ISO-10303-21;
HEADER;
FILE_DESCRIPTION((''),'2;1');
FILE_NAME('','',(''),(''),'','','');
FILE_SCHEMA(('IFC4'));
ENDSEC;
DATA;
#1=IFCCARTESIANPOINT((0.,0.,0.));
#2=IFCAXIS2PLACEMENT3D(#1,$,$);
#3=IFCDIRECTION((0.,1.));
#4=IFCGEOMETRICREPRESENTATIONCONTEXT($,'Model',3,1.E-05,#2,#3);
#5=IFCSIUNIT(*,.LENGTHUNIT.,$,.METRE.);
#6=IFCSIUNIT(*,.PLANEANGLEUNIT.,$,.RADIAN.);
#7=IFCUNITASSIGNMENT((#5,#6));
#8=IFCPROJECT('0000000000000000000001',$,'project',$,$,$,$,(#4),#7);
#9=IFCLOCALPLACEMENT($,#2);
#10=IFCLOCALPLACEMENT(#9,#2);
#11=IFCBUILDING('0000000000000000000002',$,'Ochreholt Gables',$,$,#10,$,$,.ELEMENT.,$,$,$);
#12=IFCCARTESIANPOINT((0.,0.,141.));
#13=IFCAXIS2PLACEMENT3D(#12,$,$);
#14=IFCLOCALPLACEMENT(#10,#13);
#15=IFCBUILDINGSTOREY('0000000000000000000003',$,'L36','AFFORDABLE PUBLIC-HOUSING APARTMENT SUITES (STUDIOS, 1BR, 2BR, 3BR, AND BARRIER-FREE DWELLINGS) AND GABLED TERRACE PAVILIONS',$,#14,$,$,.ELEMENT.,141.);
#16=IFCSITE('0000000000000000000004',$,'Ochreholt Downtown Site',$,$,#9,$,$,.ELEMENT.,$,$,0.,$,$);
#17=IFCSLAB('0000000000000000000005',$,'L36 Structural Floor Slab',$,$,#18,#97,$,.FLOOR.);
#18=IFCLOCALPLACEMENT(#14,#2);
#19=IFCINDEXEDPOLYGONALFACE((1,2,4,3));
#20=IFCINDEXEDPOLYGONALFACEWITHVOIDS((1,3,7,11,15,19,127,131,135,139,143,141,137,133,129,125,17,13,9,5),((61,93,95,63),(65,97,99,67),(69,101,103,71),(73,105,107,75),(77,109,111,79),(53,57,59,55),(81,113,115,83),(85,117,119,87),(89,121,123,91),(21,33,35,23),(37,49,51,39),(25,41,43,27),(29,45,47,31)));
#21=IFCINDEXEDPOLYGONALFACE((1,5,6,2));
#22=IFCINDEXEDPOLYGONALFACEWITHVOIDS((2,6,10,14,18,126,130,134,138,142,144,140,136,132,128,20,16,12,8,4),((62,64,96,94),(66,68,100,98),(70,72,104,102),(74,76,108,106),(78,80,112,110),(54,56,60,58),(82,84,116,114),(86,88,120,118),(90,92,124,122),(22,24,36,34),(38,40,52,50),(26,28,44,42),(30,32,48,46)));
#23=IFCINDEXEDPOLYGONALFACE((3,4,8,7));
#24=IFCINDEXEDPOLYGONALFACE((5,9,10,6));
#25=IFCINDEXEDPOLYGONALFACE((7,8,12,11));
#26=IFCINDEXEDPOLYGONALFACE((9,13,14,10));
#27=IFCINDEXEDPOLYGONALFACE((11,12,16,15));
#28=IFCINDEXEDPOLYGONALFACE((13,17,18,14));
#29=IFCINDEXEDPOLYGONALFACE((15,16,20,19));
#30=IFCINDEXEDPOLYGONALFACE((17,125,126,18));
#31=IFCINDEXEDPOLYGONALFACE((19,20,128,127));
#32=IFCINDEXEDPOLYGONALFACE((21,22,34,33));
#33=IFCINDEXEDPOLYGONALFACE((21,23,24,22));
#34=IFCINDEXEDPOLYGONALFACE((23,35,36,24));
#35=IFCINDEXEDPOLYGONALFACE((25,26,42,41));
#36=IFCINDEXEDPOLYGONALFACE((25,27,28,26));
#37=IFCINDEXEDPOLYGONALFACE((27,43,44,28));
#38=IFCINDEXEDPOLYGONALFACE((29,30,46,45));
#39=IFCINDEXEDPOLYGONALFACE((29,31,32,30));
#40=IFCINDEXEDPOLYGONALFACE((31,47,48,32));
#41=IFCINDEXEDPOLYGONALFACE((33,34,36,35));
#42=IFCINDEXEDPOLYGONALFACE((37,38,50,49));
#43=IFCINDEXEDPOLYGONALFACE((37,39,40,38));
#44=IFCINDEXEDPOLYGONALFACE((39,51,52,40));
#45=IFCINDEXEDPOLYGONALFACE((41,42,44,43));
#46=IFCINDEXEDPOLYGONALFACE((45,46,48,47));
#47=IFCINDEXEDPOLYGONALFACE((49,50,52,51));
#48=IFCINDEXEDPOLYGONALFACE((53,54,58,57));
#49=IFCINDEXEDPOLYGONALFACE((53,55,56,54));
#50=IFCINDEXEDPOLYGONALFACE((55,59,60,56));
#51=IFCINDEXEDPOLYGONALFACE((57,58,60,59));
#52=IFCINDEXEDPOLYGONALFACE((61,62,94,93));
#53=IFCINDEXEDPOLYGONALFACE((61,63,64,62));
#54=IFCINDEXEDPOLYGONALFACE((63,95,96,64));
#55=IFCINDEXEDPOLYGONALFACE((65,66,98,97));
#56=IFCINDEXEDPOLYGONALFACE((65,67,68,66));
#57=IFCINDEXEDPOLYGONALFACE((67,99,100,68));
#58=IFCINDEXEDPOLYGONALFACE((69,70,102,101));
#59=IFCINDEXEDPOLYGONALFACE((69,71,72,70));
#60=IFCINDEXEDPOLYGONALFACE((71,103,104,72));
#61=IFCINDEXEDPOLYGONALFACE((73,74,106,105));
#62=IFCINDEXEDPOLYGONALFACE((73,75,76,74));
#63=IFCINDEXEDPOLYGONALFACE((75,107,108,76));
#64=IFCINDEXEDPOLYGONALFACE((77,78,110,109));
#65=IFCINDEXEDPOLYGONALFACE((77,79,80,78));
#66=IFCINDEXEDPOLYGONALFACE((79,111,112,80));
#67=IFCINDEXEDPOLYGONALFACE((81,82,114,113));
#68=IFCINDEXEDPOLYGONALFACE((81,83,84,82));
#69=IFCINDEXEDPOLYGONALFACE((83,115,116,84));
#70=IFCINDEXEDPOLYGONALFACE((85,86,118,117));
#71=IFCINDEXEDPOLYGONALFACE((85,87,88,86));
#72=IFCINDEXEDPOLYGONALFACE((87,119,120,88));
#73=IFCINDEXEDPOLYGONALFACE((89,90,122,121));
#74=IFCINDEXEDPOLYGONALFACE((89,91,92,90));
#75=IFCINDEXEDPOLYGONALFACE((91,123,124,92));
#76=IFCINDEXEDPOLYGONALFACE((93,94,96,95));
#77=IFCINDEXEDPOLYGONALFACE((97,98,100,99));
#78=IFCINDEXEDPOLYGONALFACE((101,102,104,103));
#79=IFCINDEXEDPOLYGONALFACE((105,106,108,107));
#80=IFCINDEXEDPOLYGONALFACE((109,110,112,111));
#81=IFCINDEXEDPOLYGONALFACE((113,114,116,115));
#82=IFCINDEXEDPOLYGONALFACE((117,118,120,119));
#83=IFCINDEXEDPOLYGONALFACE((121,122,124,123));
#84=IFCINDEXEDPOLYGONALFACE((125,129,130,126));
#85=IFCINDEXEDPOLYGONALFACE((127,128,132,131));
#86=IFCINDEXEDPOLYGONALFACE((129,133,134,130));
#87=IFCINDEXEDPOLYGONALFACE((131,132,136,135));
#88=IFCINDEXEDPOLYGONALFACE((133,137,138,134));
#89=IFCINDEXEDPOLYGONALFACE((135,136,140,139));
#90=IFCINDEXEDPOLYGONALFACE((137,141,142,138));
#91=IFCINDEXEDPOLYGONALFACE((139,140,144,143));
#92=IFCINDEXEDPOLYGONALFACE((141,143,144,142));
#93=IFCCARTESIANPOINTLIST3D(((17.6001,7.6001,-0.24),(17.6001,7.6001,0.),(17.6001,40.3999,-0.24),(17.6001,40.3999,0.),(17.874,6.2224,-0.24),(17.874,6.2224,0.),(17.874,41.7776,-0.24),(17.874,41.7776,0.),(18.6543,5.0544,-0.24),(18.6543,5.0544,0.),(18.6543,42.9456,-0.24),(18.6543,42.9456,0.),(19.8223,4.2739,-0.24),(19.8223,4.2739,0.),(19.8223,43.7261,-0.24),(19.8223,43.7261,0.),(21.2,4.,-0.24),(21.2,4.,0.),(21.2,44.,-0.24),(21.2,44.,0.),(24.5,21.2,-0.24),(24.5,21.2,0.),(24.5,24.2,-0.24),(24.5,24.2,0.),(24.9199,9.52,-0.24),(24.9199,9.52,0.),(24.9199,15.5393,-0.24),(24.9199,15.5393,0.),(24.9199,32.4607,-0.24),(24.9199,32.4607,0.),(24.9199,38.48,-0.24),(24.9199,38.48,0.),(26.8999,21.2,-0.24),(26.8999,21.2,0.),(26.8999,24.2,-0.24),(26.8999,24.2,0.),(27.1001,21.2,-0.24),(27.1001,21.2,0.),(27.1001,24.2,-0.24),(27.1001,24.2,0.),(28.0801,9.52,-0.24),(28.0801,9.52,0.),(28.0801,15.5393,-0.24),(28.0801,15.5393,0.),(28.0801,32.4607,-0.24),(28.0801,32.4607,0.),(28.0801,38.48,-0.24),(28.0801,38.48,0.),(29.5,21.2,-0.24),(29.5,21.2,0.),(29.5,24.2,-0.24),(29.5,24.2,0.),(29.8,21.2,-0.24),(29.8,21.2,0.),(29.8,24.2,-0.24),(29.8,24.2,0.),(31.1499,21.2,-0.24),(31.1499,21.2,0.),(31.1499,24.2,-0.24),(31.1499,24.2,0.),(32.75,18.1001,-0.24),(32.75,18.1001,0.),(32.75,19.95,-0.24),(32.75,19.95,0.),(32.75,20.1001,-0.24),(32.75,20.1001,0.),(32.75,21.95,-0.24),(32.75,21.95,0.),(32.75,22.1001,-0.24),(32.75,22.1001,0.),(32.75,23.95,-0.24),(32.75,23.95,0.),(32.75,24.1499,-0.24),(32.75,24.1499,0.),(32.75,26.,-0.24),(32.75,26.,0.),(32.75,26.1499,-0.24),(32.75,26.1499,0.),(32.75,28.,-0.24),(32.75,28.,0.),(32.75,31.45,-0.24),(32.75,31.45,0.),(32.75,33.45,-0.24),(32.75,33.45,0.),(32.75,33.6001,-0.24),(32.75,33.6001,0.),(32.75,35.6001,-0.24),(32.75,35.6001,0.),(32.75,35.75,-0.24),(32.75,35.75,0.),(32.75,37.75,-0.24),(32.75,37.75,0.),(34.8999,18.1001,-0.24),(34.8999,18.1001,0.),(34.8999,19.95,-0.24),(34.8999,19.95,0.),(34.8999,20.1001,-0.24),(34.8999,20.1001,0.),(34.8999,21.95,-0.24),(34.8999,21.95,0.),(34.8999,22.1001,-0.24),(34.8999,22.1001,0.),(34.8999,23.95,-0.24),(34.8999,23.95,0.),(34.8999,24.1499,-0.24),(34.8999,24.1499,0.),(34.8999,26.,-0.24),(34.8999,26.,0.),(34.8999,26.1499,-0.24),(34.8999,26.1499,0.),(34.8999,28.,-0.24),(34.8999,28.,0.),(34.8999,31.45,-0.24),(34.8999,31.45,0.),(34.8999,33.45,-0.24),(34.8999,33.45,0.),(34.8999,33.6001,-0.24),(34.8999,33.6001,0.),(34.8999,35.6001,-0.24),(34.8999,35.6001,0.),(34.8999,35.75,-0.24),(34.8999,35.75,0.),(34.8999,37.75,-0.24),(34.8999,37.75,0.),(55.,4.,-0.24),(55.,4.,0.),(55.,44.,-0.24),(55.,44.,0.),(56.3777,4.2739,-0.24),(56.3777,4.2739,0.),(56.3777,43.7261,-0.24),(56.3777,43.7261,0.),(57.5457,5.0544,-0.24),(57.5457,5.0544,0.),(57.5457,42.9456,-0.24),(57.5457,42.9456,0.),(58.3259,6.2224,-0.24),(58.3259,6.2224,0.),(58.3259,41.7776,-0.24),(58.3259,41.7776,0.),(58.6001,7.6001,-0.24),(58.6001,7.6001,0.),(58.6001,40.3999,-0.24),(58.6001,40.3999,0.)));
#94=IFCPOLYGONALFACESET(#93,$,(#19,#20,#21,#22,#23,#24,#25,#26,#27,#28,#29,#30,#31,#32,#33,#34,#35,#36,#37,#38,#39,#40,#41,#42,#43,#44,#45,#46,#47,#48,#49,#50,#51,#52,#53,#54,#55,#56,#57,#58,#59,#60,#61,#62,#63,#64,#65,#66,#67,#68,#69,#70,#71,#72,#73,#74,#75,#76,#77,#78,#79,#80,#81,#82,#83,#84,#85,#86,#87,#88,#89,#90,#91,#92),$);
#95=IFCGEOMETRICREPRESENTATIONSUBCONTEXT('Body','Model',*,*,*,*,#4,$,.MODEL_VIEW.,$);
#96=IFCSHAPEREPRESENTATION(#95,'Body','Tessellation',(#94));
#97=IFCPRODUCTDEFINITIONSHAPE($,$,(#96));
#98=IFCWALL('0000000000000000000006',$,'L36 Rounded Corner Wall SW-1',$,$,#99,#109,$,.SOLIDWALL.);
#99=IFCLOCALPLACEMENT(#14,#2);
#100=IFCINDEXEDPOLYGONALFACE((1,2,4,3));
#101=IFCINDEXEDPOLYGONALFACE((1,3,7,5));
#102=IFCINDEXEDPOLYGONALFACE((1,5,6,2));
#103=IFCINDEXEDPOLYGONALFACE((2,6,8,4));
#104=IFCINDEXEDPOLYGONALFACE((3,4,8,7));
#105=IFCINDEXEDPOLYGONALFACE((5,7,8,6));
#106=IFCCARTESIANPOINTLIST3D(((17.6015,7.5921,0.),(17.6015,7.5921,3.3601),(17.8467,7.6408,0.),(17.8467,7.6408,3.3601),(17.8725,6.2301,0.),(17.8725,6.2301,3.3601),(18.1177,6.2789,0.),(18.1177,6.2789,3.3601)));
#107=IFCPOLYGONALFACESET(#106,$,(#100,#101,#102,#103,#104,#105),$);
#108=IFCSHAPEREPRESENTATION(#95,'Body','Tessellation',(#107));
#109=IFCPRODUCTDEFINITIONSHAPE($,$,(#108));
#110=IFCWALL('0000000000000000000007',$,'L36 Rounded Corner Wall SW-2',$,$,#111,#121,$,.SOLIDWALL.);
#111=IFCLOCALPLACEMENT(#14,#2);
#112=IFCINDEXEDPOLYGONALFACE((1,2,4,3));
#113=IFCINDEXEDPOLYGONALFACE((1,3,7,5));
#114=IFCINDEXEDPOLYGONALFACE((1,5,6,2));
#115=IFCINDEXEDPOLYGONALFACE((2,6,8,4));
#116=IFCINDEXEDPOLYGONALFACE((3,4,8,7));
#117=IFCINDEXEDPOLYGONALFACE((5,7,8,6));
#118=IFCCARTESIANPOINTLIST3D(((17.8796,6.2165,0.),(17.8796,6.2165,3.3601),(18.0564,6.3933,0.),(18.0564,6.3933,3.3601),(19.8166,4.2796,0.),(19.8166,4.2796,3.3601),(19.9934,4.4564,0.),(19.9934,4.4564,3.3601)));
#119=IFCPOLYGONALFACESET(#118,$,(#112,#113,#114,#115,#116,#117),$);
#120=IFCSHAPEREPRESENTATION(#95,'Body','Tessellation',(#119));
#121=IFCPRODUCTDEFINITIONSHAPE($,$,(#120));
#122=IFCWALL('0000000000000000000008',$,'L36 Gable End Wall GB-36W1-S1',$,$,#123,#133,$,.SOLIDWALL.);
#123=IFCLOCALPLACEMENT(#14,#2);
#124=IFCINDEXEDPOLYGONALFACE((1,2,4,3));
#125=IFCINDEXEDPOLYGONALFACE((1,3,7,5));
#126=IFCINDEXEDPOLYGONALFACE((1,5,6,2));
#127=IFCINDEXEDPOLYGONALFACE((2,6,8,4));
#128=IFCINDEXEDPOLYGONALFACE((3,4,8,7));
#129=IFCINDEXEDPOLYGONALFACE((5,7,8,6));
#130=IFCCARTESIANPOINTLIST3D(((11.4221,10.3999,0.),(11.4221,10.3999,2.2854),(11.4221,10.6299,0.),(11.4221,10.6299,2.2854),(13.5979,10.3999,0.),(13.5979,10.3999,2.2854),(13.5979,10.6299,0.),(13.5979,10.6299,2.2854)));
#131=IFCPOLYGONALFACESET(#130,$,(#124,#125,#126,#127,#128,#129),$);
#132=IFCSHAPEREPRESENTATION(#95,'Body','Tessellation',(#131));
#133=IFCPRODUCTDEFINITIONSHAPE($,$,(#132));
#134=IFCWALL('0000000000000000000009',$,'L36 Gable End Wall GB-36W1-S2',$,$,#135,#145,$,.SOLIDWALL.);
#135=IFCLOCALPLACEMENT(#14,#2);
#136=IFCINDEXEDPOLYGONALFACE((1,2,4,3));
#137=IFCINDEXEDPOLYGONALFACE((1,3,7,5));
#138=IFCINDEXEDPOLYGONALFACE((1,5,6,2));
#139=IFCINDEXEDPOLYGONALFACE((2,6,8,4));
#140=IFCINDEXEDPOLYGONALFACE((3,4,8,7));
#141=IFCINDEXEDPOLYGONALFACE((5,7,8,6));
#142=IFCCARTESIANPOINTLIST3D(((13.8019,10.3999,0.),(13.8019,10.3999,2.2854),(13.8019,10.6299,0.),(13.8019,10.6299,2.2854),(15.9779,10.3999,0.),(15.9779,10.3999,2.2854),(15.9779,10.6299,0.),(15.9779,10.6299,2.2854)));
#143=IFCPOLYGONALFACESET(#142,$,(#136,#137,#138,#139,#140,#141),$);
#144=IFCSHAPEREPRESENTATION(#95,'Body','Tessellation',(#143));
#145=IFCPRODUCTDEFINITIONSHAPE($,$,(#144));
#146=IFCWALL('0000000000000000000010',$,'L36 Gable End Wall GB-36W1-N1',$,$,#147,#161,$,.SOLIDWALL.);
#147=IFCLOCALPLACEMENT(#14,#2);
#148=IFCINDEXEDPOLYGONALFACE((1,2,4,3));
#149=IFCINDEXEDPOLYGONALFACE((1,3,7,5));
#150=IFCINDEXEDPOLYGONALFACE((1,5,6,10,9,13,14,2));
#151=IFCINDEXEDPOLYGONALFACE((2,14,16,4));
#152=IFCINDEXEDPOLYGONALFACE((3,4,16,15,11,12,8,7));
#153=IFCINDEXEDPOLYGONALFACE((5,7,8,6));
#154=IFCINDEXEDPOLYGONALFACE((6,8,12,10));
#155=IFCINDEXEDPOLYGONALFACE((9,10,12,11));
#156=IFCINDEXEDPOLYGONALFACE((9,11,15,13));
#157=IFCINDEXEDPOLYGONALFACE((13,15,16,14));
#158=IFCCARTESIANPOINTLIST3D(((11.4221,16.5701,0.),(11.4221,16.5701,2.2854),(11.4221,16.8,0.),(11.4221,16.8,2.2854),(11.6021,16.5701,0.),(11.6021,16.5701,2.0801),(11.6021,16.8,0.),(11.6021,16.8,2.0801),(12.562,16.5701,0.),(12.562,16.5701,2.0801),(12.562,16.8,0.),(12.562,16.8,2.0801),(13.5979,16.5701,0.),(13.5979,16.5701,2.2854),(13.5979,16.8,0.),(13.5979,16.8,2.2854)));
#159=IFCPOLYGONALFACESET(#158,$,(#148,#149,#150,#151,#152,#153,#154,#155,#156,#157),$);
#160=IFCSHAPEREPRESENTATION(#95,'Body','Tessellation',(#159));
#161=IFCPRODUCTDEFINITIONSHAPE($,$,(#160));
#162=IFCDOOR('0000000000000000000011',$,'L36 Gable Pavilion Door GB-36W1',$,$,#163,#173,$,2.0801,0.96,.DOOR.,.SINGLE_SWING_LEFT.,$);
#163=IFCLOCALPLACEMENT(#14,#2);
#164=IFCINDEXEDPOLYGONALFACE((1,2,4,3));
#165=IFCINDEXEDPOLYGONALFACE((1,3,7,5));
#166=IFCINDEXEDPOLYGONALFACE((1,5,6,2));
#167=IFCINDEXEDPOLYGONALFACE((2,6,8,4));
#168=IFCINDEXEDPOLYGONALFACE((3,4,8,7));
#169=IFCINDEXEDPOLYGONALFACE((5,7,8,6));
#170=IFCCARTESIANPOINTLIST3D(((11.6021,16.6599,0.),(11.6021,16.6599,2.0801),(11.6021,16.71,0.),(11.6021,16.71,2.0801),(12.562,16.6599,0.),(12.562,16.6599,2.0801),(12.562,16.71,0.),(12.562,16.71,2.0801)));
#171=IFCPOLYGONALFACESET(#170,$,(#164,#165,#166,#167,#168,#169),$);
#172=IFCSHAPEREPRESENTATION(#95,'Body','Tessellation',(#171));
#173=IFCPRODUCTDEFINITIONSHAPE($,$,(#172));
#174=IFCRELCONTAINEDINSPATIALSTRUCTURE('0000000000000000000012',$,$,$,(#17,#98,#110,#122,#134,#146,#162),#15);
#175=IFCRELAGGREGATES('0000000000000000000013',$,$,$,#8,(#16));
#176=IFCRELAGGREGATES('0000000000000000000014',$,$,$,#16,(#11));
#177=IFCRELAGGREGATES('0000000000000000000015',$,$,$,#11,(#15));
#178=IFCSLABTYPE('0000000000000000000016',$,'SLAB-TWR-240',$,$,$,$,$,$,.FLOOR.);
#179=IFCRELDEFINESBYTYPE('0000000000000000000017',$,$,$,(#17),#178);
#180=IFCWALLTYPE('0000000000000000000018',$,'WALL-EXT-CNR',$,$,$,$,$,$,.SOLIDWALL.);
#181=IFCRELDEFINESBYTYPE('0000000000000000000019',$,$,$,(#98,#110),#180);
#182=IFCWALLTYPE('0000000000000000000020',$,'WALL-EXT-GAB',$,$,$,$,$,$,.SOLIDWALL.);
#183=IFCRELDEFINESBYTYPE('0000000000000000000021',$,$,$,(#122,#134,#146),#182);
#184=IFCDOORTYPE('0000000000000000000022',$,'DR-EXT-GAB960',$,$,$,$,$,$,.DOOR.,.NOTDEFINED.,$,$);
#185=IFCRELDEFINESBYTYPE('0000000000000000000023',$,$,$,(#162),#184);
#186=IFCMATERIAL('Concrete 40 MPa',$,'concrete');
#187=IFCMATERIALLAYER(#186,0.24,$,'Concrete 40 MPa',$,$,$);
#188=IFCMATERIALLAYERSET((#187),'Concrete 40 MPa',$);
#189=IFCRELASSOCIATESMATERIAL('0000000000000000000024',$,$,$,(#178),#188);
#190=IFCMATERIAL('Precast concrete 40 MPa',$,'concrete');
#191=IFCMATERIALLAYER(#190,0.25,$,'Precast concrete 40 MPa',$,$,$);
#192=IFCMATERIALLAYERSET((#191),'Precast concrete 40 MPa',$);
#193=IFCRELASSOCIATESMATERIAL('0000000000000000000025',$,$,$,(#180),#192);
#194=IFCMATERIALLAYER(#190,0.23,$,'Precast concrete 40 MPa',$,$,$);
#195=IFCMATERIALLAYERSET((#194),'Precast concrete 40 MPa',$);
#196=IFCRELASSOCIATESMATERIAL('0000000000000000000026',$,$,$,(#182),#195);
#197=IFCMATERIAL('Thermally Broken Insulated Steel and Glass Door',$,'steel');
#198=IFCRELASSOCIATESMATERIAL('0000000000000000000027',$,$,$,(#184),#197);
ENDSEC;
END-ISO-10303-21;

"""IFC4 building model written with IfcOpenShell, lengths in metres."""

from ifc_helpers import new_model, si_unit, direction, frame, frame_2d, origin, place, context, subcontext, project, spatial, polyline, rectangle, outline, extrude, material, layer, layer_set, type_object, element, fill, save


model = new_model("IFC4")

# Units and contexts
model_context = context("Model", 3, precision=1e-05, world=origin(), true_north=direction((0.0, 1.0)))
body_context = subcontext(model_context, "Body", "Model", "MODEL_VIEW")
ifc_project = project(units=[si_unit("LENGTHUNIT", "METRE"), si_unit("PLANEANGLEUNIT", "RADIAN")], contexts=[model_context])

# Site, building, storey
site_placement = place(None, origin())
site = spatial("IfcSite", under=ifc_project, at=site_placement, Name="Ochreholt Downtown Site", CompositionType="ELEMENT", RefElevation=0.0)
building_placement = place(site_placement, origin())
building = spatial("IfcBuilding", under=site, at=building_placement, Name="Ochreholt Gables", CompositionType="ELEMENT")
storey_placement = place(building_placement, frame((0.0, 0.0, 141.0)))
storey = spatial("IfcBuildingStorey", under=building, at=storey_placement, Name="L36", Description="AFFORDABLE PUBLIC-HOUSING APARTMENT SUITES (STUDIOS, 1BR, 2BR, 3BR, AND BARRIER-FREE DWELLINGS) AND GABLED TERRACE PAVILIONS", CompositionType="ELEMENT", Elevation=141.0)

# Shared definitions
ifc_material_1 = material(Name="Concrete 40 MPa", Category="concrete")

# Shared definitions
ifc_material_2 = material(Name="Precast concrete 40 MPa", Category="concrete")

# Slab
ifc_layer_1 = layer(ifc_material_1, 0.24, Name="Concrete 40 MPa")
ifc_layer_set_1 = layer_set([ifc_layer_1], Name="Concrete 40 MPa")
slab_type_1 = type_object("IfcSlabType", Name="SLAB-TWR-240", PredefinedType="FLOOR", material=ifc_layer_set_1)
slab_1_placement = place(storey_placement, frame((0.0, 0.0, -0.24)))
element("IfcSlab", 1, at=slab_1_placement, inside=storey, type_object=slab_type_1, Name="L36 Structural Floor Slab", PredefinedType="FLOOR", context=body_context, shape_type="SweptSolid", body=[
    extrude(outline(polyline([(17.6001, 7.6001), (17.874, 6.2224), (18.6543, 5.0544), (19.8223, 4.2739), (21.2, 4.0), (55.0, 4.0), (56.3777, 4.2739), (57.5457, 5.0544), (58.3259, 6.2224), (58.6001, 7.6001), (58.6001, 40.3999), (58.3259, 41.7776), (57.5457, 42.9456), (56.3777, 43.7261), (55.0, 44.0), (21.2, 44.0), (19.8223, 43.7261), (18.6543, 42.9456), (17.874, 41.7776), (17.6001, 40.3999), (17.6001, 7.6001)]), holes=[polyline([(24.9199, 15.5393), (24.9199, 9.52), (28.0801, 9.52), (28.0801, 15.5393), (24.9199, 15.5393)]), polyline([(28.0801, 32.4607), (28.0801, 38.48), (24.9199, 38.48), (24.9199, 32.4607), (28.0801, 32.4607)]), polyline([(24.5, 21.2), (26.8999, 21.2), (26.8999, 24.2), (24.5, 24.2), (24.5, 21.2)]), polyline([(27.1001, 21.2), (29.5, 21.2), (29.5, 24.2), (27.1001, 24.2), (27.1001, 21.2)]), polyline([(32.75, 18.1001), (34.8999, 18.1001), (34.8999, 19.95), (32.75, 19.95), (32.75, 18.1001)]), polyline([(32.75, 20.1001), (34.8999, 20.1001), (34.8999, 21.95), (32.75, 21.95), (32.75, 20.1001)]), polyline([(32.75, 22.1001), (34.8999, 22.1001), (34.8999, 23.95), (32.75, 23.95), (32.75, 22.1001)]), polyline([(32.75, 24.1499), (34.8999, 24.1499), (34.8999, 26.0), (32.75, 26.0), (32.75, 24.1499)]), polyline([(32.75, 26.1499), (34.8999, 26.1499), (34.8999, 28.0), (32.75, 28.0), (32.75, 26.1499)]), polyline([(32.75, 31.45), (34.8999, 31.45), (34.8999, 33.45), (32.75, 33.45), (32.75, 31.45)]), polyline([(32.75, 33.6001), (34.8999, 33.6001), (34.8999, 35.6001), (32.75, 35.6001), (32.75, 33.6001)]), polyline([(32.75, 35.75), (34.8999, 35.75), (34.8999, 37.75), (32.75, 37.75), (32.75, 35.75)]), polyline([(29.8, 21.2), (31.1499, 21.2), (31.1499, 24.2), (29.8, 24.2), (29.8, 21.2)])]), origin(), (0.0, 0.0, 1.0), 0.24),
])

# Walls
ifc_layer_2 = layer(ifc_material_2, 0.25, Name="Precast concrete 40 MPa")
ifc_layer_set_2 = layer_set([ifc_layer_2], Name="Precast concrete 40 MPa")
wall_type_1 = type_object("IfcWallType", Name="WALL-EXT-CNR", PredefinedType="SOLIDWALL", material=ifc_layer_set_2)
wall_1_placement = place(storey_placement, frame((17.7241, 7.6165, 0.0), z_axis=(0.0, 0.0, 1.0), x_axis=(0.195136, -0.980776, 0.0)))
element("IfcWall", 2, at=wall_1_placement, inside=storey, type_object=wall_type_1, Name="L36 Rounded Corner Wall SW-1", PredefinedType="SOLIDWALL", context=body_context, shape_type="SweptSolid", body=[
    extrude(rectangle(XDim=1.3887, YDim=0.25, at=frame_2d((0.6943, 0.0))), origin(), (0.0, 0.0, 1.0), 3.3601),
])
wall_2_placement = place(storey_placement, frame((17.968, 6.3049, 0.0), z_axis=(0.0, 0.0, 1.0), x_axis=(0.707107, -0.707107, 0.0)))
element("IfcWall", 3, at=wall_2_placement, inside=storey, type_object=wall_type_1, Name="L36 Rounded Corner Wall SW-2", PredefinedType="SOLIDWALL", context=body_context, shape_type="SweptSolid", body=[
    extrude(rectangle(XDim=2.7393, YDim=0.25, at=frame_2d((1.3696, 0.0))), origin(), (0.0, 0.0, 1.0), 3.3601),
])
ifc_layer_3 = layer(ifc_material_2, 0.23, Name="Precast concrete 40 MPa")
ifc_layer_set_3 = layer_set([ifc_layer_3], Name="Precast concrete 40 MPa")
wall_type_2 = type_object("IfcWallType", Name="WALL-EXT-GAB", PredefinedType="SOLIDWALL", material=ifc_layer_set_3)
wall_3_placement = place(storey_placement, frame((11.4221, 10.5149, 0.0), z_axis=(0.0, 0.0, 1.0), x_axis=(1.0, 0.0, 0.0)))
element("IfcWall", 4, at=wall_3_placement, inside=storey, type_object=wall_type_2, Name="L36 Gable End Wall GB-36W1-S1", PredefinedType="SOLIDWALL", context=body_context, shape_type="SweptSolid", body=[
    extrude(rectangle(XDim=2.1758, YDim=0.23, at=frame_2d((1.0879, 0.0))), origin(), (0.0, 0.0, 1.0), 2.2854),
])
wall_4_placement = place(storey_placement, frame((13.802, 10.5149, 0.0), z_axis=(0.0, 0.0, 1.0), x_axis=(1.0, 0.0, 0.0)))
element("IfcWall", 5, at=wall_4_placement, inside=storey, type_object=wall_type_2, Name="L36 Gable End Wall GB-36W1-S2", PredefinedType="SOLIDWALL", context=body_context, shape_type="SweptSolid", body=[
    extrude(rectangle(XDim=2.176, YDim=0.23, at=frame_2d((1.0879, 0.0))), origin(), (0.0, 0.0, 1.0), 2.2854),
])

# Wall, opening, door
wall_5_placement = place(storey_placement, frame((11.4221, 16.6851, 0.0), z_axis=(0.0, 0.0, 1.0), x_axis=(1.0, 0.0, 0.0)))
wall_5 = element("IfcWall", 6, at=wall_5_placement, inside=storey, type_object=wall_type_2, Name="L36 Gable End Wall GB-36W1-N1", PredefinedType="SOLIDWALL", context=body_context, shape_type="SweptSolid", body=[
    extrude(rectangle(XDim=2.1758, YDim=0.23, at=frame_2d((1.0879, 0.0))), origin(), (0.0, 0.0, 1.0), 2.2854),
])
opening_1_placement = place(wall_5_placement, frame((0.1799, 0.0, 0.0)))
opening_1 = element("IfcOpeningElement", 7, at=opening_1_placement, cuts=wall_5, PredefinedType="OPENING", context=body_context, shape_type="SweptSolid", body=[
    extrude(rectangle(XDim=0.96, YDim=2.0801, at=frame_2d((0.48, 1.04))), frame((0.0, 0.125, 0.0), z_axis=(0.0, -1.0, 0.0), x_axis=(1.0, 0.0, 0.0)), (0.0, 0.0, 1.0), 0.25),
])
ifc_material_3 = material(Name="Thermally Broken Insulated Steel and Glass Door", Category="steel")
door_type = type_object("IfcDoorType", Name="DR-EXT-GAB960", OperationType="NOTDEFINED", PredefinedType="DOOR", material=ifc_material_3)
door_placement = place(opening_1_placement, origin())
door = element("IfcDoor", 8, at=door_placement, inside=storey, type_object=door_type, Name="L36 Gable Pavilion Door GB-36W1", OperationType="SINGLE_SWING_LEFT", OverallHeight=2.0801, OverallWidth=0.96, PredefinedType="DOOR", context=body_context, shape_type="SweptSolid", body=[
    extrude(rectangle(XDim=0.96, YDim=2.0801, at=frame_2d((0.48, 1.04))), frame((0.0, 0.0249, 0.0), z_axis=(0.0, -1.0, 0.0), x_axis=(1.0, 0.0, 0.0)), (0.0, 0.0, 1.0), 0.05),
])
fill(opening_1, door)

save(model, "model.ifc")
